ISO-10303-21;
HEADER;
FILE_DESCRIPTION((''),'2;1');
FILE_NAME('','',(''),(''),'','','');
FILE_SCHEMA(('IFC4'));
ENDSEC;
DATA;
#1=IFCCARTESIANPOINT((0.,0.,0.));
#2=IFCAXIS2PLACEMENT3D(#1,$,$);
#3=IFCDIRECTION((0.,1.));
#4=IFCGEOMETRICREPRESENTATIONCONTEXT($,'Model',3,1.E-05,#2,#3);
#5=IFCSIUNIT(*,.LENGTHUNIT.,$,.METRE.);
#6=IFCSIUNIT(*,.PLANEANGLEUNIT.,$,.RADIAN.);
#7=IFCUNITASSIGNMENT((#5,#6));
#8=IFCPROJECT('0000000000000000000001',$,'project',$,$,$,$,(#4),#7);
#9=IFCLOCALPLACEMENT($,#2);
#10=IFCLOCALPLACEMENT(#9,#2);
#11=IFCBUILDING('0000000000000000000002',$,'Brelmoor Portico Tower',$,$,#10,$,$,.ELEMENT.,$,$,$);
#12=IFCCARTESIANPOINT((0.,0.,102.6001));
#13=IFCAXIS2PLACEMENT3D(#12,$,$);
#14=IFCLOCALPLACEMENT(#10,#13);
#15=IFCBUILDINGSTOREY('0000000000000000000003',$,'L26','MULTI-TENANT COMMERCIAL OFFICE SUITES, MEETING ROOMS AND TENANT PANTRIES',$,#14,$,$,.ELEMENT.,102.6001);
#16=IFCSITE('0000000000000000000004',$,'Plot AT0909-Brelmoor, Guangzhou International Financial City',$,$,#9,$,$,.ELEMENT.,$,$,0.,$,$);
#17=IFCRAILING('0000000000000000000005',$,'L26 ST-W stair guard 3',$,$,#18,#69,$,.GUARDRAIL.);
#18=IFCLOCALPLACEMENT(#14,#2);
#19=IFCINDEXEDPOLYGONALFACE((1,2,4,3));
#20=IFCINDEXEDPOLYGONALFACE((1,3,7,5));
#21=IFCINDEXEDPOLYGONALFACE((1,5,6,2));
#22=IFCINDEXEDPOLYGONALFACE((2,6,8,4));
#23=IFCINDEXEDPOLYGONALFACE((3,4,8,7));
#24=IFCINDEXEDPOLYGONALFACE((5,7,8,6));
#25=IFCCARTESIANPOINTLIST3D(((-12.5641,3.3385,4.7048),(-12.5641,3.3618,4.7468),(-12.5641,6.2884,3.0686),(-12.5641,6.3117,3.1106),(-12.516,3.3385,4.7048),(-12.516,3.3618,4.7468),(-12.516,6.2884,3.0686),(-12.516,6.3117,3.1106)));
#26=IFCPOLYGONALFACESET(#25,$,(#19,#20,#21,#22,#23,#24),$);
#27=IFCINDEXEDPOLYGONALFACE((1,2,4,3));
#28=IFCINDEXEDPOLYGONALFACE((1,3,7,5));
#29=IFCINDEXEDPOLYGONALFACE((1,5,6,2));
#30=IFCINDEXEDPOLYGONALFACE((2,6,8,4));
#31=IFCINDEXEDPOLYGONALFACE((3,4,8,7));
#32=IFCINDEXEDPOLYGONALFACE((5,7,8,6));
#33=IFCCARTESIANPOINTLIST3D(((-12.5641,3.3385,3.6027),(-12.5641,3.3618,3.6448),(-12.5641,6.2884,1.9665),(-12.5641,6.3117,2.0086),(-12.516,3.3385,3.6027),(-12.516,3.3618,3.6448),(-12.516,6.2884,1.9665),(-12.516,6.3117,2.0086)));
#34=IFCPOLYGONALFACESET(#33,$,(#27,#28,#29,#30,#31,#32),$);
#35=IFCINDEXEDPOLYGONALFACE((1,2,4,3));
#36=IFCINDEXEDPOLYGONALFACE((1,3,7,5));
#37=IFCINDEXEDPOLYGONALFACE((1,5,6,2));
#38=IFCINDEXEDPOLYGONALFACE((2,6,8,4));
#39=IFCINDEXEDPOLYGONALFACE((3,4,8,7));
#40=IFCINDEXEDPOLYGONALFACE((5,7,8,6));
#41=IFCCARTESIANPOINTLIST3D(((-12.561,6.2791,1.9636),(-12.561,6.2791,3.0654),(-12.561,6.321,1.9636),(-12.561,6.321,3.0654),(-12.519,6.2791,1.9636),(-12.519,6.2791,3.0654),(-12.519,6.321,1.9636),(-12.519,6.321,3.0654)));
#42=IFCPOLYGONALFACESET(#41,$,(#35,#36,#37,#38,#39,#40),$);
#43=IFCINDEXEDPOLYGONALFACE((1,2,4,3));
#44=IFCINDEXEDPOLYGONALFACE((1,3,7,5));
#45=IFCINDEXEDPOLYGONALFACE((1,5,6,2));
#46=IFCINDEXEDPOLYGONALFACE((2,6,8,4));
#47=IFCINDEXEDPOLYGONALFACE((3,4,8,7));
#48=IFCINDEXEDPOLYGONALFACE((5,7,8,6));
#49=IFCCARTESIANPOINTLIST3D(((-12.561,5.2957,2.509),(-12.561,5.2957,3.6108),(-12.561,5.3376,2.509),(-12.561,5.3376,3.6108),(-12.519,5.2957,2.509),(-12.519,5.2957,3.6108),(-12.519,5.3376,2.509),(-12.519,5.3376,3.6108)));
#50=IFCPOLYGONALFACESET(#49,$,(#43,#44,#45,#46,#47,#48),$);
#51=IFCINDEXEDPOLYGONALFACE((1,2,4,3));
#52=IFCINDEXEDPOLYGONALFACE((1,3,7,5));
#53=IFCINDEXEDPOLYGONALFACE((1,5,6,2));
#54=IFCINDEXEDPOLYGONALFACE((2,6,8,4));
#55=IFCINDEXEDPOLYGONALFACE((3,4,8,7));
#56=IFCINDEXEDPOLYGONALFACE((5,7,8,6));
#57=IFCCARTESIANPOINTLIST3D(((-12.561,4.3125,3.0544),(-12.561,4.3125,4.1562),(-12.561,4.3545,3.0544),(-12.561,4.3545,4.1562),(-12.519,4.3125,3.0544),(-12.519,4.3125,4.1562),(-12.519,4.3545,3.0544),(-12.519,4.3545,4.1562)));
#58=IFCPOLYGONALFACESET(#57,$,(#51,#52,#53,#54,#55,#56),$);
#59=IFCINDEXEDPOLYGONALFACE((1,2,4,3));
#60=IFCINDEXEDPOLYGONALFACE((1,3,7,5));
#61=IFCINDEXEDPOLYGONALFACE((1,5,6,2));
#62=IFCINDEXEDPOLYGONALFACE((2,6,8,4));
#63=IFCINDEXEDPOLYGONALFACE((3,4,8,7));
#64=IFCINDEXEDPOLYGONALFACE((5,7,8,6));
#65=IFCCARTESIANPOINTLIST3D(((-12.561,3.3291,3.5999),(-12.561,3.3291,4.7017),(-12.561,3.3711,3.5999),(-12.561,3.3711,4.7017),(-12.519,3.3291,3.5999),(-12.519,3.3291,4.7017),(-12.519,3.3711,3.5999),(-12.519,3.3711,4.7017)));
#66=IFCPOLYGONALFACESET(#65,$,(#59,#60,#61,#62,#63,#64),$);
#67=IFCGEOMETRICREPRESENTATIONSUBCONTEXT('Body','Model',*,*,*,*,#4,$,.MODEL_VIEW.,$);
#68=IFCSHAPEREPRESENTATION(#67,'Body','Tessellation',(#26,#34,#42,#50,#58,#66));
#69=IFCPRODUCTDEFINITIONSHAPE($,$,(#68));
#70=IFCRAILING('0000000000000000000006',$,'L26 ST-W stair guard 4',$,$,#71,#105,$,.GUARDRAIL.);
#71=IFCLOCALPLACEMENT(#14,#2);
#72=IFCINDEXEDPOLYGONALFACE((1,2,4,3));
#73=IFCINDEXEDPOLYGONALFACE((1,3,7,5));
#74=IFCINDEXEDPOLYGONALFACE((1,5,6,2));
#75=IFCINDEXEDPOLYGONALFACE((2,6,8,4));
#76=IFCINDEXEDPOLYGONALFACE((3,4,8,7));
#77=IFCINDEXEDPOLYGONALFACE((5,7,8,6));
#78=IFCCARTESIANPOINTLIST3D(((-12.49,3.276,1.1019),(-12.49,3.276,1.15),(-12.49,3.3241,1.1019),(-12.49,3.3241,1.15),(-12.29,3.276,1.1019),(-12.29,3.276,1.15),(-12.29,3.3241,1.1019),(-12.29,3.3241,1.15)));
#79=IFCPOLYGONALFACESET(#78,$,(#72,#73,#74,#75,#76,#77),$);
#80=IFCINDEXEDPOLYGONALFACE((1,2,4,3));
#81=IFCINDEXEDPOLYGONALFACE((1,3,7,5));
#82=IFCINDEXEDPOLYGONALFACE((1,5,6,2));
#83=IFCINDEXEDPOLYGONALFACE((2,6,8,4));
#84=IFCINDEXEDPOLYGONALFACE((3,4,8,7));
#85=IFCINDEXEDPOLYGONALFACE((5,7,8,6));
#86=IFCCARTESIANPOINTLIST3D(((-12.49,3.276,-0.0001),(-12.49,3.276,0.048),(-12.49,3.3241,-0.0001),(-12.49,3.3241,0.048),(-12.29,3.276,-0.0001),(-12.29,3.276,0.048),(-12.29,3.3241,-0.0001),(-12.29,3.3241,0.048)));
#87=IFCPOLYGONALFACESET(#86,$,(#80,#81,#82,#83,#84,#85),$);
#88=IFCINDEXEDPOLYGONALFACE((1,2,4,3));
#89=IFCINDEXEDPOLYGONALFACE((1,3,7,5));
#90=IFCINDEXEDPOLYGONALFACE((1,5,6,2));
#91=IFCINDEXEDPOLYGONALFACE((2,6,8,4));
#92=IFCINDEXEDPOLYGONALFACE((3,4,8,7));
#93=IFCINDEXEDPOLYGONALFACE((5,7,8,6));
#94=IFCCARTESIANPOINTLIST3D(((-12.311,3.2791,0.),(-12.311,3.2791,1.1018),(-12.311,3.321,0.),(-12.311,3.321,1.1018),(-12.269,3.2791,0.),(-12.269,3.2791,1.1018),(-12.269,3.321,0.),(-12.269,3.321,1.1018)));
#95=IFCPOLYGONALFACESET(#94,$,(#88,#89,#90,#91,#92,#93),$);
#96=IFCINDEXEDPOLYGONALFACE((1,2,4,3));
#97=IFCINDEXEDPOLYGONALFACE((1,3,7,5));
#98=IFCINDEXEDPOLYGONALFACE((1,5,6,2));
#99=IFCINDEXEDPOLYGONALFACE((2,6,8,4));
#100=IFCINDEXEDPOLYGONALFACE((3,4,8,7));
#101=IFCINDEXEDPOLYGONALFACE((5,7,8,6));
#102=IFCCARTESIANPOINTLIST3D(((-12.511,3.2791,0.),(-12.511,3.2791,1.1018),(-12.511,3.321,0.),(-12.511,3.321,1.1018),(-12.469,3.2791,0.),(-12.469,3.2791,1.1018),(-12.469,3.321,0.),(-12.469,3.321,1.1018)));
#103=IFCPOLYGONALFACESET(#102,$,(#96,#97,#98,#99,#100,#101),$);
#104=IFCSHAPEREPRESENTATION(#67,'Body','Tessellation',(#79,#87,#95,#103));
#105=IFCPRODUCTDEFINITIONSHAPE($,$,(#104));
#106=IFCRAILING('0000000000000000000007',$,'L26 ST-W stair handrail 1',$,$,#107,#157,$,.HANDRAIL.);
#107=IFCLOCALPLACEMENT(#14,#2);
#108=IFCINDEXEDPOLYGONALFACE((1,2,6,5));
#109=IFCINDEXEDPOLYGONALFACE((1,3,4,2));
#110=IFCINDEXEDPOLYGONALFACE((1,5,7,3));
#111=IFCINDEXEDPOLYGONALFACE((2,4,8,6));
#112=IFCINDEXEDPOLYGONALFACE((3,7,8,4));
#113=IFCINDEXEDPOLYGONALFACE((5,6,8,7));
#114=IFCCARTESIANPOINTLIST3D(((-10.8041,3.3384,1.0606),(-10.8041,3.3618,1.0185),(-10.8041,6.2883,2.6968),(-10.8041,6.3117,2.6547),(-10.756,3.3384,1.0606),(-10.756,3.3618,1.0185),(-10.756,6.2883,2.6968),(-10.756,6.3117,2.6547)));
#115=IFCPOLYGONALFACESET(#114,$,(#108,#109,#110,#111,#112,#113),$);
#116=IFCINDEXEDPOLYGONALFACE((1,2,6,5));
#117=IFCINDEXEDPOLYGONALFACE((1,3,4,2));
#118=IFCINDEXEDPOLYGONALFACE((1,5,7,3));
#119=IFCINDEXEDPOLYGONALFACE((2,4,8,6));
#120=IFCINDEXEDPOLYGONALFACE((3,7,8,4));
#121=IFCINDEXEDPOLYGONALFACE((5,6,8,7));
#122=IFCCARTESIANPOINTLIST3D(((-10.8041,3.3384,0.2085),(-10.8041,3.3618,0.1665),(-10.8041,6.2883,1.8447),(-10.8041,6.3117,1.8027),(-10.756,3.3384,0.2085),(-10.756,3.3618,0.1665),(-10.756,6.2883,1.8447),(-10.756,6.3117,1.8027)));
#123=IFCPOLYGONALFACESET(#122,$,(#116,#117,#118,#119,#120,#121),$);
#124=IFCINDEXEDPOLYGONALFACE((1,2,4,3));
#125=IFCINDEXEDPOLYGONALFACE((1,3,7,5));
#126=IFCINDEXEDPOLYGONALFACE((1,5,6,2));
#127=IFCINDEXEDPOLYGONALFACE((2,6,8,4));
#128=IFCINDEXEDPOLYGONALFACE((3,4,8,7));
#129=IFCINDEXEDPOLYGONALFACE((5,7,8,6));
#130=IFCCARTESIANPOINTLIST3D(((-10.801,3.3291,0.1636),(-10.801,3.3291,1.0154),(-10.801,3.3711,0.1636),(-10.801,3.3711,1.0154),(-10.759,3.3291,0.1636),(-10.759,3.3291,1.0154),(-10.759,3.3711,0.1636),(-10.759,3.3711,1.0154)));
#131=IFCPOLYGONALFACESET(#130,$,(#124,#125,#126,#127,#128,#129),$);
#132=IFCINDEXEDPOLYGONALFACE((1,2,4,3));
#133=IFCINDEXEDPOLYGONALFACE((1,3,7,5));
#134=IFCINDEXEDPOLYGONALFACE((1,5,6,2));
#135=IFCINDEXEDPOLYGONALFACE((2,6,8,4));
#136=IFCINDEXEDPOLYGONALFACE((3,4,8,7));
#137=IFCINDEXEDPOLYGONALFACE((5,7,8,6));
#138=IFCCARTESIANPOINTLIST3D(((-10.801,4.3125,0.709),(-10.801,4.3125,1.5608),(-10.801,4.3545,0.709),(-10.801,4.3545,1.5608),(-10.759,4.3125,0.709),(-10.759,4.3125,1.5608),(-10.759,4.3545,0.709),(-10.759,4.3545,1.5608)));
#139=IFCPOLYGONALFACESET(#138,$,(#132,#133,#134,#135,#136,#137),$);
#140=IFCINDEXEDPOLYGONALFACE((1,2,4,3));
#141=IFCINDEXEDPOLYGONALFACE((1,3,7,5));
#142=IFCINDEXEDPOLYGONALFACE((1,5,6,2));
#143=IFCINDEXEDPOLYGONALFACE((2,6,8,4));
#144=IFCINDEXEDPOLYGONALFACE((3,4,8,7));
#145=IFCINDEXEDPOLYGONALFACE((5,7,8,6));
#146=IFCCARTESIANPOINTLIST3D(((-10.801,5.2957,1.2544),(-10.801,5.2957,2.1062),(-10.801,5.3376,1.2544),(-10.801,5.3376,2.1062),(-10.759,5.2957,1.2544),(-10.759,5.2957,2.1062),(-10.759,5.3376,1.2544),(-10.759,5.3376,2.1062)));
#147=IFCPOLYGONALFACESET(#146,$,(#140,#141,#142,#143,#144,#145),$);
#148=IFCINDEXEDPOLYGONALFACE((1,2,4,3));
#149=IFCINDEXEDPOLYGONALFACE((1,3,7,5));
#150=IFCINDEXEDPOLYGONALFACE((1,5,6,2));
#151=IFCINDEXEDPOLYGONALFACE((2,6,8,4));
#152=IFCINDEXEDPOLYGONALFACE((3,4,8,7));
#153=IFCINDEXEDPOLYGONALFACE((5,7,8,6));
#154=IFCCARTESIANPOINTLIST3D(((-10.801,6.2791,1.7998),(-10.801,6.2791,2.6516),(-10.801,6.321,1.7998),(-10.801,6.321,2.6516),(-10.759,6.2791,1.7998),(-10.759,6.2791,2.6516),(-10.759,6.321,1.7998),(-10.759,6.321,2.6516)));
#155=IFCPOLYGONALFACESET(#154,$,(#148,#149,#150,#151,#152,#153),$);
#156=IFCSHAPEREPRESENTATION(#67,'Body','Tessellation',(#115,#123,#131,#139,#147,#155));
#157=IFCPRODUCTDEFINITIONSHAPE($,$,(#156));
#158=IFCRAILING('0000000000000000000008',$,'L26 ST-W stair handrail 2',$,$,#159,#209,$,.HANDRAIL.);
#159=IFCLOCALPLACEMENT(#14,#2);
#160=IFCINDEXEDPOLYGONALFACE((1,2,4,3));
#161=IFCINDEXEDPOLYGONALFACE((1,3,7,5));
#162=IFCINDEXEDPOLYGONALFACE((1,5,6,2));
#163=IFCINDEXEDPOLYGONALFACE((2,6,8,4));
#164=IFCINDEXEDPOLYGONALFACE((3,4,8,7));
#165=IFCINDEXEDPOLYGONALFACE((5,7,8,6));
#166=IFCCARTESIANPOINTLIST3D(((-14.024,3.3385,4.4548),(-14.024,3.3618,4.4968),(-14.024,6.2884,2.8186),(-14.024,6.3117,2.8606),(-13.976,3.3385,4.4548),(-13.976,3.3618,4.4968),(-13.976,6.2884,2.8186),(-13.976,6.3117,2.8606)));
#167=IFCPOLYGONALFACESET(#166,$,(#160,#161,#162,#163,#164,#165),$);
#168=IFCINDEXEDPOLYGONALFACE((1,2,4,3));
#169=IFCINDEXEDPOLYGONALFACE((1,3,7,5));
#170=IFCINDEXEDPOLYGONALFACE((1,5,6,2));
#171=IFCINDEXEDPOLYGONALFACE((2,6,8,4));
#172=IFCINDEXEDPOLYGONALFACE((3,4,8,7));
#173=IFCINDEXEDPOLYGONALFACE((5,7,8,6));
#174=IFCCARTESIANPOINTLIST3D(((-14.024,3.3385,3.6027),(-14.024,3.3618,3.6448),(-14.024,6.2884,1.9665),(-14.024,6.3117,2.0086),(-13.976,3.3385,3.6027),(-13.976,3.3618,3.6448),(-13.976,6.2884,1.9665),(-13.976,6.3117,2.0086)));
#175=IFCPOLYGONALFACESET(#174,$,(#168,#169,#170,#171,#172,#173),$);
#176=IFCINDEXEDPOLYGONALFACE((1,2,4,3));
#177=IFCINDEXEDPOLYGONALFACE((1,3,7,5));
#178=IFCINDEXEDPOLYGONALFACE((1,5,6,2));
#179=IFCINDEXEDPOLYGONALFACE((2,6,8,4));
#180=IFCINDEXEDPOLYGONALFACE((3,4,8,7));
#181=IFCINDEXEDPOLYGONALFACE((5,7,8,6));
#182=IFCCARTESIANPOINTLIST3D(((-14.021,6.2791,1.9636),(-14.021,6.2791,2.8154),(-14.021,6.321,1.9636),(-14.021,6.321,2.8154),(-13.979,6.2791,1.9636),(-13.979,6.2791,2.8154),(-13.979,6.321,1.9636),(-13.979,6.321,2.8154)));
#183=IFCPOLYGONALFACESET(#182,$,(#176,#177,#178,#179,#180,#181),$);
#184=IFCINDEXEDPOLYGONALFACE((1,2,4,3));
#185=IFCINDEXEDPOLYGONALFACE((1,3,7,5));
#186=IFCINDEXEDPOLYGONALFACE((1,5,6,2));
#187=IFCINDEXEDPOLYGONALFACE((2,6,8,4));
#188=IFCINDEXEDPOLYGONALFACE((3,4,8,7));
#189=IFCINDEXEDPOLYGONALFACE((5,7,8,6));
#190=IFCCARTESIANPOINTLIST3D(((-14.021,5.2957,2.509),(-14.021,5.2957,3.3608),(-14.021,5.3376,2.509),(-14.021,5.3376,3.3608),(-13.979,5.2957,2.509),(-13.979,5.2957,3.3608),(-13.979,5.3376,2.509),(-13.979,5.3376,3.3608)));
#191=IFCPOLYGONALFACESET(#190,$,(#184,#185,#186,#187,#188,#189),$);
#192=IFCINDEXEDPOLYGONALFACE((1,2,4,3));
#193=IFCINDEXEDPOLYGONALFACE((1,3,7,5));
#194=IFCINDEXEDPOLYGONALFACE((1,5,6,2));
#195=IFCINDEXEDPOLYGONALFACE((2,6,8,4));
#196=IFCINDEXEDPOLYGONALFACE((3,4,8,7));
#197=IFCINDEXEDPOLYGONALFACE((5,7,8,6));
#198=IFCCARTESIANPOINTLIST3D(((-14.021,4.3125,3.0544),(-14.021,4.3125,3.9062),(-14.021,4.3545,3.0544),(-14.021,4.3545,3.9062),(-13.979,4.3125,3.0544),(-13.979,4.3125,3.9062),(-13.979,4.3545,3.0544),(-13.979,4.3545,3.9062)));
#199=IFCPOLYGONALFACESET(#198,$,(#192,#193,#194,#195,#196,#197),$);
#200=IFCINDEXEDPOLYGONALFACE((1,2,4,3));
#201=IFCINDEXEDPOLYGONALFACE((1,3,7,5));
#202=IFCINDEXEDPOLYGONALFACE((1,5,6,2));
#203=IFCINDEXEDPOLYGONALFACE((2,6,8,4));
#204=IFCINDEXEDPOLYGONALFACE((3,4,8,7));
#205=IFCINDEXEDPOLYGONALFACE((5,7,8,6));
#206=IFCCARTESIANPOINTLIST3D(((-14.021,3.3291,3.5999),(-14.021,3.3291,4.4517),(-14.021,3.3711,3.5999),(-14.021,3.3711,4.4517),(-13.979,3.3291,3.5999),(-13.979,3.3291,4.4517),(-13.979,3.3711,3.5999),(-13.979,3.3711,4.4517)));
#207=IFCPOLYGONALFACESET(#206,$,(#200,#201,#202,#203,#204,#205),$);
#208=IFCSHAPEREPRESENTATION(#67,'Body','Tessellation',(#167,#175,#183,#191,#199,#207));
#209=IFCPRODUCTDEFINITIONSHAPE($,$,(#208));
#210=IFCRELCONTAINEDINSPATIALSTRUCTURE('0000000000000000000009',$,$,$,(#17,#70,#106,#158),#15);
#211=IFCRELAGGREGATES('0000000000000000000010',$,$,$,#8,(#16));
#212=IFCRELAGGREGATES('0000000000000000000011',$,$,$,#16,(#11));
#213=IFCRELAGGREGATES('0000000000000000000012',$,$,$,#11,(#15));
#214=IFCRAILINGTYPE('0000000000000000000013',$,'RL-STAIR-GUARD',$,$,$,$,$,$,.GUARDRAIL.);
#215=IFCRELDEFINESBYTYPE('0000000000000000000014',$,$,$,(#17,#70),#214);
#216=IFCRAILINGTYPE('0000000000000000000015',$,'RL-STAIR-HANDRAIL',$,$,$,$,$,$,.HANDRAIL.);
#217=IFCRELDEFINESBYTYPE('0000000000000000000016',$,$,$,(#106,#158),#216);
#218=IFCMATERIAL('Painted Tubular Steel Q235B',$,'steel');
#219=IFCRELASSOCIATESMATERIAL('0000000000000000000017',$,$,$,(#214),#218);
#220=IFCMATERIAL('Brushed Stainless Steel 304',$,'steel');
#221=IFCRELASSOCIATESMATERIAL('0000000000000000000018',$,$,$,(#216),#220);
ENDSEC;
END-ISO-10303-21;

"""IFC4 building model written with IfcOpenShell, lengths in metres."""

from ifc_helpers import new_model, si_unit, direction, frame, origin, origin_2d, place, context, subcontext, project, spatial, rectangle, extrude, material, type_object, element, save


model = new_model("IFC4")

# Units and contexts
model_context = context("Model", 3, precision=1e-05, world=origin(), true_north=direction((0.0, 1.0)))
body_context = subcontext(model_context, "Body", "Model", "MODEL_VIEW")
ifc_project = project(units=[si_unit("LENGTHUNIT", "METRE"), si_unit("PLANEANGLEUNIT", "RADIAN")], contexts=[model_context])

# Site, building, storey
site_placement = place(None, origin())
site = spatial("IfcSite", under=ifc_project, at=site_placement, Name="Plot AT0909-Brelmoor, Guangzhou International Financial City", CompositionType="ELEMENT", RefElevation=0.0)
building_placement = place(site_placement, origin())
building = spatial("IfcBuilding", under=site, at=building_placement, Name="Brelmoor Portico Tower", CompositionType="ELEMENT")
storey_placement = place(building_placement, frame((0.0, 0.0, 102.6001)))
storey = spatial("IfcBuildingStorey", under=building, at=storey_placement, Name="L26", Description="MULTI-TENANT COMMERCIAL OFFICE SUITES, MEETING ROOMS AND TENANT PANTRIES", CompositionType="ELEMENT", Elevation=102.6001)

# Railings
ifc_material_1 = material(Name="Painted Tubular Steel Q235B", Category="steel")
railing_type_1 = type_object("IfcRailingType", Name="RL-STAIR-GUARD", PredefinedType="GUARDRAIL", material=ifc_material_1)
railing_1_placement = place(storey_placement, frame((-12.54, 6.3, 1.9636)))
element("IfcRailing", 1, at=railing_1_placement, inside=storey, type_object=railing_type_1, Name="L26 ST-W stair guard 3", PredefinedType="GUARDRAIL", context=body_context, shape_type="SweptSolid", body=[
    extrude(rectangle(XDim=0.0481, YDim=0.0481, at=origin_2d()), frame((0.0, 0.0, 1.126), z_axis=(0.0, -0.874488, 0.485047), x_axis=(1.0, 0.0, 0.0)), (0.0, 0.0, 1.0), 3.3733),
    extrude(rectangle(XDim=0.0481, YDim=0.0481, at=origin_2d()), frame((0.0, 0.0, 0.0239), z_axis=(0.0, -0.874488, 0.485047), x_axis=(1.0, 0.0, 0.0)), (0.0, 0.0, 1.0), 3.3733),
    extrude(rectangle(XDim=0.042, YDim=0.042, at=origin_2d()), origin(), (0.0, 0.0, 1.0), 1.1018),
    extrude(rectangle(XDim=0.042, YDim=0.042, at=origin_2d()), frame((0.0, -0.9834, 0.5454)), (0.0, 0.0, 1.0), 1.1018),
    extrude(rectangle(XDim=0.042, YDim=0.042, at=origin_2d()), frame((0.0, -1.9666, 1.0908)), (0.0, 0.0, 1.0), 1.1018),
    extrude(rectangle(XDim=0.042, YDim=0.042, at=origin_2d()), frame((0.0, -2.95, 1.6362)), (0.0, 0.0, 1.0), 1.1018),
])
railing_2_placement = place(storey_placement, frame((-12.29, 3.3, 0.0)))
element("IfcRailing", 2, at=railing_2_placement, inside=storey, type_object=railing_type_1, Name="L26 ST-W stair guard 4", PredefinedType="GUARDRAIL", context=body_context, shape_type="SweptSolid", body=[
    extrude(rectangle(XDim=0.0481, YDim=0.0481, at=origin_2d()), frame((0.0, 0.0, 1.126), z_axis=(-1.0, 0.0, 0.0), x_axis=(0.0, -1.0, 0.0)), (0.0, 0.0, 1.0), 0.2),
    extrude(rectangle(XDim=0.0481, YDim=0.0481, at=origin_2d()), frame((0.0, 0.0, 0.0239), z_axis=(-1.0, 0.0, 0.0), x_axis=(0.0, -1.0, 0.0)), (0.0, 0.0, 1.0), 0.2),
    extrude(rectangle(XDim=0.042, YDim=0.042, at=origin_2d()), origin(), (0.0, 0.0, 1.0), 1.1018),
    extrude(rectangle(XDim=0.042, YDim=0.042, at=origin_2d()), frame((-0.2, 0.0, 0.0)), (0.0, 0.0, 1.0), 1.1018),
])
ifc_material_2 = material(Name="Brushed Stainless Steel 304", Category="steel")
railing_type_2 = type_object("IfcRailingType", Name="RL-STAIR-HANDRAIL", PredefinedType="HANDRAIL", material=ifc_material_2)
railing_3_placement = place(storey_placement, frame((-10.78, 3.3501, 0.1636)))
element("IfcRailing", 3, at=railing_3_placement, inside=storey, type_object=railing_type_2, Name="L26 ST-W stair handrail 1", PredefinedType="HANDRAIL", context=body_context, shape_type="SweptSolid", body=[
    extrude(rectangle(XDim=0.0481, YDim=0.0481, at=origin_2d()), frame((0.0, 0.0, 0.876), z_axis=(0.0, 0.874488, 0.485047), x_axis=(-1.0, 0.0, 0.0)), (0.0, 0.0, 1.0), 3.3733),
    extrude(rectangle(XDim=0.0481, YDim=0.0481, at=origin_2d()), frame((0.0, 0.0, 0.0239), z_axis=(0.0, 0.874488, 0.485047), x_axis=(-1.0, 0.0, 0.0)), (0.0, 0.0, 1.0), 3.3733),
    extrude(rectangle(XDim=0.042, YDim=0.042, at=origin_2d()), origin(), (0.0, 0.0, 1.0), 0.8518),
    extrude(rectangle(XDim=0.042, YDim=0.042, at=origin_2d()), frame((0.0, 0.9834, 0.5454)), (0.0, 0.0, 1.0), 0.8518),
    extrude(rectangle(XDim=0.042, YDim=0.042, at=origin_2d()), frame((0.0, 1.9666, 1.0908)), (0.0, 0.0, 1.0), 0.8518),
    extrude(rectangle(XDim=0.042, YDim=0.042, at=origin_2d()), frame((0.0, 2.95, 1.6362)), (0.0, 0.0, 1.0), 0.8518),
])
railing_4_placement = place(storey_placement, frame((-14.0, 6.3, 1.9636)))
element("IfcRailing", 4, at=railing_4_placement, inside=storey, type_object=railing_type_2, Name="L26 ST-W stair handrail 2", PredefinedType="HANDRAIL", context=body_context, shape_type="SweptSolid", body=[
    extrude(rectangle(XDim=0.0481, YDim=0.0481, at=origin_2d()), frame((0.0, 0.0, 0.876), z_axis=(0.0, -0.874488, 0.485047), x_axis=(1.0, 0.0, 0.0)), (0.0, 0.0, 1.0), 3.3733),
    extrude(rectangle(XDim=0.0481, YDim=0.0481, at=origin_2d()), frame((0.0, 0.0, 0.0239), z_axis=(0.0, -0.874488, 0.485047), x_axis=(1.0, 0.0, 0.0)), (0.0, 0.0, 1.0), 3.3733),
    extrude(rectangle(XDim=0.042, YDim=0.042, at=origin_2d()), origin(), (0.0, 0.0, 1.0), 0.8518),
    extrude(rectangle(XDim=0.042, YDim=0.042, at=origin_2d()), frame((0.0, -0.9834, 0.5454)), (0.0, 0.0, 1.0), 0.8518),
    extrude(rectangle(XDim=0.042, YDim=0.042, at=origin_2d()), frame((0.0, -1.9666, 1.0908)), (0.0, 0.0, 1.0), 0.8518),
    extrude(rectangle(XDim=0.042, YDim=0.042, at=origin_2d()), frame((0.0, -2.95, 1.6362)), (0.0, 0.0, 1.0), 0.8518),
])

save(model, "model.ifc")
